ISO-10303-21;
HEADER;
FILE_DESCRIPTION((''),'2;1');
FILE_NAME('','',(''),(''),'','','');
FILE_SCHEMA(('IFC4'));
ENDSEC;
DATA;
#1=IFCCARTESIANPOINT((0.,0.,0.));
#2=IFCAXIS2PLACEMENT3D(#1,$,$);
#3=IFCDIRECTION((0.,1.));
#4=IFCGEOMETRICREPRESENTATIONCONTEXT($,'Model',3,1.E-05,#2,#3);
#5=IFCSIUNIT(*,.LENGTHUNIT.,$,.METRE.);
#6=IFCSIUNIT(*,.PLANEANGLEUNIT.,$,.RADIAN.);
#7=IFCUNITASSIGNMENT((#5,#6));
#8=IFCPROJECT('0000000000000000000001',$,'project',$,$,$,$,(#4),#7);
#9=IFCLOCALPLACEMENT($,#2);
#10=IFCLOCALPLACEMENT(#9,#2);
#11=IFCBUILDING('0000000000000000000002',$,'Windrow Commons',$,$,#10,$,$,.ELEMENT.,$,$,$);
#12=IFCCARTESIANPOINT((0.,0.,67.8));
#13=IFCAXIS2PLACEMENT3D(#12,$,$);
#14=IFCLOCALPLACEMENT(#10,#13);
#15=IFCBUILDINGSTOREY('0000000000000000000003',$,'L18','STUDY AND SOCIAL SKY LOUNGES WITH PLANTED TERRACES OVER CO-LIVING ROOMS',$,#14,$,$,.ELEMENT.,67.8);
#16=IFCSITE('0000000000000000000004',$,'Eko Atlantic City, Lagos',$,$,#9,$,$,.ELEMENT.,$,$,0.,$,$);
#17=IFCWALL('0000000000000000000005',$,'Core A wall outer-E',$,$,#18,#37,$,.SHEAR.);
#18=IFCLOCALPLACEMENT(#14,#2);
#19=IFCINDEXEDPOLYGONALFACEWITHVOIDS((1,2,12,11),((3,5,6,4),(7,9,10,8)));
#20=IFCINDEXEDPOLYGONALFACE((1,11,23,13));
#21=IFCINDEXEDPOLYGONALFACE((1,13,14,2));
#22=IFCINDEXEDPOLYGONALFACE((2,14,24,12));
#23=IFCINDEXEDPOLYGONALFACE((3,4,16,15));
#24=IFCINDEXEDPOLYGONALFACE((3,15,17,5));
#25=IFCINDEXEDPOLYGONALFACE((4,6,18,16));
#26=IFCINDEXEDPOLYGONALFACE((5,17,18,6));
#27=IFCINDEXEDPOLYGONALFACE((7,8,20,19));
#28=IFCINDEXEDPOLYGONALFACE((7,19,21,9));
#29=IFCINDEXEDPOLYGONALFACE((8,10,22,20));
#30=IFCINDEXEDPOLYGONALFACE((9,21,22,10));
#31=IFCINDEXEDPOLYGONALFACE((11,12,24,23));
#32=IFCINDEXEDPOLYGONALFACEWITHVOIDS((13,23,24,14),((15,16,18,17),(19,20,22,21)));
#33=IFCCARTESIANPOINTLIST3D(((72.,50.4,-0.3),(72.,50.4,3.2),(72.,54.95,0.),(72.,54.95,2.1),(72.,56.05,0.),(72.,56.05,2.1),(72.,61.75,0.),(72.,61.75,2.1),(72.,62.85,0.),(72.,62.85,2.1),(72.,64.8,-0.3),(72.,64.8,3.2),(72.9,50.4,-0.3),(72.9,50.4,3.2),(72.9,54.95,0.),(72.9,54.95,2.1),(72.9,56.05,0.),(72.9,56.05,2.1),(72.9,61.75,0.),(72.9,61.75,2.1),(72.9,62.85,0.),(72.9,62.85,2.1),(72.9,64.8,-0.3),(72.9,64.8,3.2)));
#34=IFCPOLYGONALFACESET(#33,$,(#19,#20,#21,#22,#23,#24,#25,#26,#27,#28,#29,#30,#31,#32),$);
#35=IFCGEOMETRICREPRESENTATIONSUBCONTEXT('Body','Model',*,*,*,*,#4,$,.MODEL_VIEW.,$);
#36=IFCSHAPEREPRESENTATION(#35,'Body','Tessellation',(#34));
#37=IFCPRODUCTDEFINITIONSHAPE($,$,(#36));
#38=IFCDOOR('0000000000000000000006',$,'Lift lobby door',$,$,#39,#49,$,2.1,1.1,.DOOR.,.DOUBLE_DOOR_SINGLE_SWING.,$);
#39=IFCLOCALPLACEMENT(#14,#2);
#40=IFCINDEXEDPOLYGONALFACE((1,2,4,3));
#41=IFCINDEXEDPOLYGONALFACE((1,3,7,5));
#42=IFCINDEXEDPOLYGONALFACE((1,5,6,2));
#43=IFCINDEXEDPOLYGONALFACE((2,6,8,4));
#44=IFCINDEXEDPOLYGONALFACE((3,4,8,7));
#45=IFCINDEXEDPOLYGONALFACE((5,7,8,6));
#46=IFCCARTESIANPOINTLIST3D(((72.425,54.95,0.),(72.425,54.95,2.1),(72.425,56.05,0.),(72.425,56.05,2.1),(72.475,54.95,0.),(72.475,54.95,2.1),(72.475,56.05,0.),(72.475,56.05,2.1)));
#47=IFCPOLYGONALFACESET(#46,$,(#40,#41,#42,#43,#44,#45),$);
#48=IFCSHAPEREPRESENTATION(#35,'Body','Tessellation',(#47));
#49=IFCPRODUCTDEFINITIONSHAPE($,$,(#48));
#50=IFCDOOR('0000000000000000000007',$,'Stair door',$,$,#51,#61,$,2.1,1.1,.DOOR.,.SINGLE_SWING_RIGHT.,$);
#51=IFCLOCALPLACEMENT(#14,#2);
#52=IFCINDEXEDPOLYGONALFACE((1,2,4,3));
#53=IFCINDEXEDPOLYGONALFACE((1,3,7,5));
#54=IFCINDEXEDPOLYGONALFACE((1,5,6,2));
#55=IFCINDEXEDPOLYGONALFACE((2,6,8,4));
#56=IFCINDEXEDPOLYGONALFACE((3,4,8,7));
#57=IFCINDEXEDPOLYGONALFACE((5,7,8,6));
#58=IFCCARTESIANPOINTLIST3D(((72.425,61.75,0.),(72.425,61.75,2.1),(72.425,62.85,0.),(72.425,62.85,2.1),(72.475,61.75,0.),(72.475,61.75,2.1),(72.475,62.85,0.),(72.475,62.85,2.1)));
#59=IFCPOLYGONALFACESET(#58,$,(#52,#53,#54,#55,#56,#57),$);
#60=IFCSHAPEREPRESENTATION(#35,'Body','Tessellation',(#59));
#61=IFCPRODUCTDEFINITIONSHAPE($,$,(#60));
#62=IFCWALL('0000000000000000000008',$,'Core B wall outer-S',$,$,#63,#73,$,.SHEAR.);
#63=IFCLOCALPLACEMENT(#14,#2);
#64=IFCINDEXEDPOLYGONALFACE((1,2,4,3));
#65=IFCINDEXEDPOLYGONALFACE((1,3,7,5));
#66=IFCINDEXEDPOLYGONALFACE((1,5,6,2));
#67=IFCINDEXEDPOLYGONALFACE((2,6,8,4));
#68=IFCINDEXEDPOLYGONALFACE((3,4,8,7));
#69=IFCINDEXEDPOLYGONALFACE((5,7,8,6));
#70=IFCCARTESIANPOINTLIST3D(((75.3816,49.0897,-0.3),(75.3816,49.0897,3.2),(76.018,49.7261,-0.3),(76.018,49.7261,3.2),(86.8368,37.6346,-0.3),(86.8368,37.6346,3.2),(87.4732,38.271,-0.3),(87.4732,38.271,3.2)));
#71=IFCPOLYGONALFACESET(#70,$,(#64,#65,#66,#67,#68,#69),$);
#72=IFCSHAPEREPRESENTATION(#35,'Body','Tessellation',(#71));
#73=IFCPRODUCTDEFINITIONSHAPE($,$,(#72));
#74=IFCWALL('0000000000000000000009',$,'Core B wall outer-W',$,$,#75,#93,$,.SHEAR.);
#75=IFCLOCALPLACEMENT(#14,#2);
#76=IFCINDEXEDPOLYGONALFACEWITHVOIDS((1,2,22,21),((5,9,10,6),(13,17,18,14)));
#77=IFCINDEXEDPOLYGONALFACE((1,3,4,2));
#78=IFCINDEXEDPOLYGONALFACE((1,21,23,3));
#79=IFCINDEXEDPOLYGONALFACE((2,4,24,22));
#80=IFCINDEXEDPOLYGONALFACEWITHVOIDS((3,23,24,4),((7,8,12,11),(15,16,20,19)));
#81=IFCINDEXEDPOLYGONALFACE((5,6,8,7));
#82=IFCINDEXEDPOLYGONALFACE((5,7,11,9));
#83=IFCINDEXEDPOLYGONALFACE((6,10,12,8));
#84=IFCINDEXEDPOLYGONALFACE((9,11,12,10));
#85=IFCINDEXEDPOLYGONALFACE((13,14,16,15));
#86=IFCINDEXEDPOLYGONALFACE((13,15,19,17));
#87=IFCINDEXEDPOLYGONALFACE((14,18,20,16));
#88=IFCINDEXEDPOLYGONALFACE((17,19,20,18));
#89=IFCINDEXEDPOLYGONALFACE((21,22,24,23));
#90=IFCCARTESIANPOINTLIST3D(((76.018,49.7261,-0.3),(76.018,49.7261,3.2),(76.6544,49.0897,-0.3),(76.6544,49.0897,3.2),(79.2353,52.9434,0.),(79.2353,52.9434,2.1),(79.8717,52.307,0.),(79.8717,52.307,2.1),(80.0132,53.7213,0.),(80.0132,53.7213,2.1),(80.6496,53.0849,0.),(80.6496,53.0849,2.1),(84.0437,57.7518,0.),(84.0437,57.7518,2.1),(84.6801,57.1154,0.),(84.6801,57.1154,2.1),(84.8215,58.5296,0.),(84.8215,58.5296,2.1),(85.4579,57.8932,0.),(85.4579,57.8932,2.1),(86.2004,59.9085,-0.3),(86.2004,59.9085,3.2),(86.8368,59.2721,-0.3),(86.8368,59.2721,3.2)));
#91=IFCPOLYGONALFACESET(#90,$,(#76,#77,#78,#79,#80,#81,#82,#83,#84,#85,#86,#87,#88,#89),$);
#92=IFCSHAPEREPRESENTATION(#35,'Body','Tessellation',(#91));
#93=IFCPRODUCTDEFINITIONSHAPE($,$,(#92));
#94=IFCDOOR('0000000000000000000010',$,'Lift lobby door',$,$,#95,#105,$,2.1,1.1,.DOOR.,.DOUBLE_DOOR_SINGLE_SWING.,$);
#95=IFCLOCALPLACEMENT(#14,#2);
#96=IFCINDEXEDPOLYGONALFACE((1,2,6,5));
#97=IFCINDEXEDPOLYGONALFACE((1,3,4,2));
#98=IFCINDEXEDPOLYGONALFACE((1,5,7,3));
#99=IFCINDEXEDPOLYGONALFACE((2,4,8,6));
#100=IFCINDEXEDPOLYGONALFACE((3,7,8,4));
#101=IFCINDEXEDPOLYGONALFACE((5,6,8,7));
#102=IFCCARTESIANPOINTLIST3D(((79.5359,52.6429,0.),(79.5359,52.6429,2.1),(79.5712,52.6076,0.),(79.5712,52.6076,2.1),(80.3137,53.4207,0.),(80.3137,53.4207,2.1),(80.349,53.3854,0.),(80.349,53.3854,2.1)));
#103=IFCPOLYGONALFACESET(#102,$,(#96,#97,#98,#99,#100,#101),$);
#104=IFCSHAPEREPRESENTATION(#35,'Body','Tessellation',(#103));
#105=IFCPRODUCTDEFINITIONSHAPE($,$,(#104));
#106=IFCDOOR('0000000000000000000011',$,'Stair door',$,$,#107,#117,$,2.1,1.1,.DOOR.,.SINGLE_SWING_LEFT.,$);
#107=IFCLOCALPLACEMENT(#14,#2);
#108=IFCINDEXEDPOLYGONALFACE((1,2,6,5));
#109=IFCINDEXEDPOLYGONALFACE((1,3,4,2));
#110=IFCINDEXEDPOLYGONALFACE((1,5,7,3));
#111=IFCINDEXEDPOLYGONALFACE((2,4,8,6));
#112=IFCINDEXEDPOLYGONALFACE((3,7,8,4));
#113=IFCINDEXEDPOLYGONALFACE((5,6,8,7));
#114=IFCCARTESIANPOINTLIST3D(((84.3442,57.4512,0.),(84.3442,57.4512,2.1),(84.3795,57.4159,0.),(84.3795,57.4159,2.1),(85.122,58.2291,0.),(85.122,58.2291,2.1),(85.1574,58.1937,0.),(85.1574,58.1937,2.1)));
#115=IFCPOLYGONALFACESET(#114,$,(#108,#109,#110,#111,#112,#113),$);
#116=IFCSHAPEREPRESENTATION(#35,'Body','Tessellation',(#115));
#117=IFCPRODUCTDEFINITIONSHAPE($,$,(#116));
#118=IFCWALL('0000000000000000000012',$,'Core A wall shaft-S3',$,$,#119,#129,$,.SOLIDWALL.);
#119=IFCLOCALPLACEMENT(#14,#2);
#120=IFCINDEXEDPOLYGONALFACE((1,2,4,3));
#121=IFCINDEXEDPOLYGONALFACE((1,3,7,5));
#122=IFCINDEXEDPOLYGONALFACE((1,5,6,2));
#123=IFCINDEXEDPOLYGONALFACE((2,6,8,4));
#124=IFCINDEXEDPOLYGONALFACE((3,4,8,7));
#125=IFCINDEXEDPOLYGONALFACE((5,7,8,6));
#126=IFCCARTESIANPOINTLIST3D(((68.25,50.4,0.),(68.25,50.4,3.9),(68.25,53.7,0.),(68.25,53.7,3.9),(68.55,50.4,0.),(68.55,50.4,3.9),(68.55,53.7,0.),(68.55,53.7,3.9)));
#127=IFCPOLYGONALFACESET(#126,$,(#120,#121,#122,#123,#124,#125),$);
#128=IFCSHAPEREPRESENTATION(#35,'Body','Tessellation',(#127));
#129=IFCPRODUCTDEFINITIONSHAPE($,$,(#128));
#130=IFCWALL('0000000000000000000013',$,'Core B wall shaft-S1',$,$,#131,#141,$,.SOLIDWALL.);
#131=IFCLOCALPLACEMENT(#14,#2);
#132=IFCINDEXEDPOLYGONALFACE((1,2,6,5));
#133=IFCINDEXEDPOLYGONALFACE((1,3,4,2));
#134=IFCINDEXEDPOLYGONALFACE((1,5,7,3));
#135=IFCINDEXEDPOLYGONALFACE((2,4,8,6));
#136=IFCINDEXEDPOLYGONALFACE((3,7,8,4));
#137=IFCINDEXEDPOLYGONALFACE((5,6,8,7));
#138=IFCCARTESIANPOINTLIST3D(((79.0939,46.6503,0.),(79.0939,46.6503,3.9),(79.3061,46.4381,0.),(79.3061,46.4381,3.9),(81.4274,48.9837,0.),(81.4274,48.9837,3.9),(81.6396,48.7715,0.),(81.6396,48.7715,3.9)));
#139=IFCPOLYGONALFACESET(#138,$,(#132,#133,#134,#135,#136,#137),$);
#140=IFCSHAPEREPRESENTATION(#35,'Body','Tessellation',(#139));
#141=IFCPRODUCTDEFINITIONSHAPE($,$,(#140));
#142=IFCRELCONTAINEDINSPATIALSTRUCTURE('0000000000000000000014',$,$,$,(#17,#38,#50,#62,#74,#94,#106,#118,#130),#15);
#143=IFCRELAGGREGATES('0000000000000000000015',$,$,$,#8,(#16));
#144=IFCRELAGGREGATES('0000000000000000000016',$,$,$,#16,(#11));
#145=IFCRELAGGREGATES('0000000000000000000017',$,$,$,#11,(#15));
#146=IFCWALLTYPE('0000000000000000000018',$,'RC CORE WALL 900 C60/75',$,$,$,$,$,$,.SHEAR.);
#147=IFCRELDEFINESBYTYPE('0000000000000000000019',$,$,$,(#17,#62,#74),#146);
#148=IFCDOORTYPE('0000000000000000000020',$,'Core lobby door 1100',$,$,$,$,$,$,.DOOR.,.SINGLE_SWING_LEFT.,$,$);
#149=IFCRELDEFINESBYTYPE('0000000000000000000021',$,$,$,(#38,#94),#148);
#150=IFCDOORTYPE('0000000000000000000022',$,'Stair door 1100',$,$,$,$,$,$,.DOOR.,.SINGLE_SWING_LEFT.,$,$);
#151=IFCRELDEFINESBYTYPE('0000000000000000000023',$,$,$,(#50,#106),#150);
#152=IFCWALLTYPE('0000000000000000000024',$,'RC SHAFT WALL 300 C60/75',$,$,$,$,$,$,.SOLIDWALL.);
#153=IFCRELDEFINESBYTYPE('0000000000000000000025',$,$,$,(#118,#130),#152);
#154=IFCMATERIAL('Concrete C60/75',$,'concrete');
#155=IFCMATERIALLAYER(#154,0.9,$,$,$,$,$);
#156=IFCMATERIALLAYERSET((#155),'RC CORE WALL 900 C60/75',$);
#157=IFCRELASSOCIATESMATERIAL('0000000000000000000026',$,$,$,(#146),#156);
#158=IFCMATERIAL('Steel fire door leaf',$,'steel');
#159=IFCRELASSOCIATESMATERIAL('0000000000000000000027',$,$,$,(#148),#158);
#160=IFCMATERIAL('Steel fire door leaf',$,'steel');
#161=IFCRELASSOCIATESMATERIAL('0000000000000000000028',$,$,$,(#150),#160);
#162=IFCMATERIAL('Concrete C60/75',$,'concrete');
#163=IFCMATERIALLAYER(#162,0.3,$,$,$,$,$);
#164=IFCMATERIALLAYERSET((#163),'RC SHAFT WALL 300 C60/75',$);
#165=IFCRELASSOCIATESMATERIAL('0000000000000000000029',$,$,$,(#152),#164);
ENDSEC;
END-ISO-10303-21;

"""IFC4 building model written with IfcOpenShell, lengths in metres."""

from ifc_helpers import new_model, si_unit, direction, frame, frame_2d, origin, place, context, subcontext, project, spatial, rectangle, extrude, material, layer, layer_set, type_object, element, fill, save


model = new_model("IFC4")

# Units and contexts
model_context = context("Model", 3, precision=1e-05, world=origin(), true_north=direction((0.0, 1.0)))
body_context = subcontext(model_context, "Body", "Model", "MODEL_VIEW")
ifc_project = project(units=[si_unit("LENGTHUNIT", "METRE"), si_unit("PLANEANGLEUNIT", "RADIAN")], contexts=[model_context])

# Site, building, storey
site_placement = place(None, origin())
site = spatial("IfcSite", under=ifc_project, at=site_placement, Name="Eko Atlantic City, Lagos", CompositionType="ELEMENT", RefElevation=0.0)
building_placement = place(site_placement, origin())
building = spatial("IfcBuilding", under=site, at=building_placement, Name="Windrow Commons", CompositionType="ELEMENT")
storey_placement = place(building_placement, frame((0.0, 0.0, 67.8)))
storey = spatial("IfcBuildingStorey", under=building, at=storey_placement, Name="L18", Description="STUDY AND SOCIAL SKY LOUNGES WITH PLANTED TERRACES OVER CO-LIVING ROOMS", CompositionType="ELEMENT", Elevation=67.8)

# Wall, openings, doors
ifc_material_1 = material(Name="Concrete C60/75", Category="concrete")
ifc_layer_1 = layer(ifc_material_1, 0.9)
ifc_layer_set_1 = layer_set([ifc_layer_1], Name="RC CORE WALL 900 C60/75")
wall_type_1 = type_object("IfcWallType", Name="RC CORE WALL 900 C60/75", PredefinedType="SHEAR", material=ifc_layer_set_1)
wall_1_placement = place(storey_placement, frame((72.45, 50.4, -0.3), z_axis=(0.0, 0.0, 1.0), x_axis=(0.0, 1.0, 0.0)))
wall_1 = element("IfcWall", 1, at=wall_1_placement, inside=storey, type_object=wall_type_1, Name="Core A wall outer-E", PredefinedType="SHEAR", context=body_context, shape_type="SweptSolid", body=[
    extrude(rectangle(XDim=14.4, YDim=0.9, at=frame_2d((7.2, 0.0))), origin(), (0.0, 0.0, 1.0), 3.5),
])
opening_1_placement = place(wall_1_placement, frame((4.55, 0.0, 0.3)))
opening_1 = element("IfcOpeningElement", 2, at=opening_1_placement, cuts=wall_1, PredefinedType="OPENING", context=body_context, shape_type="SweptSolid", body=[
    extrude(rectangle(XDim=1.1, YDim=2.1, at=frame_2d((0.55, 1.05))), frame((0.0, 0.46, 0.0), z_axis=(0.0, -1.0, 0.0), x_axis=(1.0, 0.0, 0.0)), (0.0, 0.0, 1.0), 0.92),
])
opening_2_placement = place(wall_1_placement, frame((11.35, 0.0, 0.3)))
opening_2 = element("IfcOpeningElement", 3, at=opening_2_placement, cuts=wall_1, PredefinedType="OPENING", context=body_context, shape_type="SweptSolid", body=[
    extrude(rectangle(XDim=1.1, YDim=2.1, at=frame_2d((0.55, 1.05))), frame((0.0, 0.46, 0.0), z_axis=(0.0, -1.0, 0.0), x_axis=(1.0, 0.0, 0.0)), (0.0, 0.0, 1.0), 0.92),
])
ifc_material_2 = material(Name="Steel fire door leaf", Category="steel")
door_type_1 = type_object("IfcDoorType", Name="Core lobby door 1100", OperationType="SINGLE_SWING_LEFT", PredefinedType="DOOR", material=ifc_material_2)
door_1_placement = place(opening_1_placement, origin())
door_1 = element("IfcDoor", 4, at=door_1_placement, inside=storey, type_object=door_type_1, Name="Lift lobby door", OperationType="DOUBLE_DOOR_SINGLE_SWING", OverallHeight=2.1, OverallWidth=1.1, PredefinedType="DOOR", context=body_context, shape_type="SweptSolid", body=[
    extrude(rectangle(XDim=1.1, YDim=2.1, at=frame_2d((0.55, 1.05))), frame((0.0, 0.025, 0.0), z_axis=(0.0, -1.0, 0.0), x_axis=(1.0, 0.0, 0.0)), (0.0, 0.0, 1.0), 0.05),
])
fill(opening_1, door_1)
ifc_material_3 = material(Name="Steel fire door leaf", Category="steel")
door_type_2 = type_object("IfcDoorType", Name="Stair door 1100", OperationType="SINGLE_SWING_LEFT", PredefinedType="DOOR", material=ifc_material_3)
door_2_placement = place(opening_2_placement, origin())
door_2 = element("IfcDoor", 5, at=door_2_placement, inside=storey, type_object=door_type_2, Name="Stair door", OperationType="SINGLE_SWING_RIGHT", OverallHeight=2.1, OverallWidth=1.1, PredefinedType="DOOR", context=body_context, shape_type="SweptSolid", body=[
    extrude(rectangle(XDim=1.1, YDim=2.1, at=frame_2d((0.55, 1.05))), frame((0.0, 0.025, 0.0), z_axis=(0.0, -1.0, 0.0), x_axis=(1.0, 0.0, 0.0)), (0.0, 0.0, 1.0), 0.05),
])
fill(opening_2, door_2)

# Wall
wall_2_placement = place(storey_placement, frame((75.6998, 49.4079, -0.3), z_axis=(0.0, 0.0, 1.0), x_axis=(0.70711, -0.707104, 0.0)))
element("IfcWall", 6, at=wall_2_placement, inside=storey, type_object=wall_type_1, Name="Core B wall outer-S", PredefinedType="SHEAR", context=body_context, shape_type="SweptSolid", body=[
    extrude(rectangle(XDim=16.2, YDim=0.9, at=frame_2d((8.1, 0.0))), origin(), (0.0, 0.0, 1.0), 3.5),
])

# Wall, openings, doors
wall_3_placement = place(storey_placement, frame((76.3362, 49.4079, -0.3), z_axis=(0.0, 0.0, 1.0), x_axis=(0.707107, 0.707107, 0.0)))
wall_3 = element("IfcWall", 7, at=wall_3_placement, inside=storey, type_object=wall_type_1, Name="Core B wall outer-W", PredefinedType="SHEAR", context=body_context, shape_type="SweptSolid", body=[
    extrude(rectangle(XDim=14.4001, YDim=0.9, at=frame_2d((7.2001, 0.0))), origin(), (0.0, 0.0, 1.0), 3.5),
])
opening_3_placement = place(wall_3_placement, frame((4.55, 0.0, 0.3)))
opening_3 = element("IfcOpeningElement", 8, at=opening_3_placement, cuts=wall_3, PredefinedType="OPENING", context=body_context, shape_type="SweptSolid", body=[
    extrude(rectangle(XDim=1.1, YDim=2.1, at=frame_2d((0.55, 1.05))), frame((0.0, 0.46, 0.0), z_axis=(0.0, -1.0, 0.0), x_axis=(1.0, 0.0, 0.0)), (0.0, 0.0, 1.0), 0.92),
])
opening_4_placement = place(wall_3_placement, frame((11.35, 0.0, 0.3)))
opening_4 = element("IfcOpeningElement", 9, at=opening_4_placement, cuts=wall_3, PredefinedType="OPENING", context=body_context, shape_type="SweptSolid", body=[
    extrude(rectangle(XDim=1.1, YDim=2.1, at=frame_2d((0.55, 1.05))), frame((0.0, 0.46, 0.0), z_axis=(0.0, -1.0, 0.0), x_axis=(1.0, 0.0, 0.0)), (0.0, 0.0, 1.0), 0.92),
])
door_3_placement = place(opening_3_placement, origin())
door_3 = element("IfcDoor", 10, at=door_3_placement, inside=storey, type_object=door_type_1, Name="Lift lobby door", OperationType="DOUBLE_DOOR_SINGLE_SWING", OverallHeight=2.1, OverallWidth=1.1, PredefinedType="DOOR", context=body_context, shape_type="SweptSolid", body=[
    extrude(rectangle(XDim=1.1, YDim=2.1, at=frame_2d((0.55, 1.05))), frame((0.0, 0.025, 0.0), z_axis=(0.0, -1.0, 0.0), x_axis=(1.0, 0.0, 0.0)), (0.0, 0.0, 1.0), 0.05),
])
fill(opening_3, door_3)
door_4_placement = place(opening_4_placement, origin())
door_4 = element("IfcDoor", 11, at=door_4_placement, inside=storey, type_object=door_type_2, Name="Stair door", OperationType="SINGLE_SWING_LEFT", OverallHeight=2.1, OverallWidth=1.1, PredefinedType="DOOR", context=body_context, shape_type="SweptSolid", body=[
    extrude(rectangle(XDim=1.1, YDim=2.1, at=frame_2d((0.55, 1.05))), frame((0.0, 0.025, 0.0), z_axis=(0.0, -1.0, 0.0), x_axis=(1.0, 0.0, 0.0)), (0.0, 0.0, 1.0), 0.05),
])
fill(opening_4, door_4)

# Walls
ifc_material_4 = material(Name="Concrete C60/75", Category="concrete")
ifc_layer_2 = layer(ifc_material_4, 0.3)
ifc_layer_set_2 = layer_set([ifc_layer_2], Name="RC SHAFT WALL 300 C60/75")
wall_type_2 = type_object("IfcWallType", Name="RC SHAFT WALL 300 C60/75", PredefinedType="SOLIDWALL", material=ifc_layer_set_2)
for number, where, z_axis, x_axis, name in (
    (12, (68.4, 50.4, 0.0), (0.0, 0.0, 1.0), (0.0, 1.0, 0.0), "Core A wall shaft-S3"),
    (13, (79.2, 46.5442, 0.0), (0.0, 0.0, 1.0), (0.707122, 0.707092, 0.0), "Core B wall shaft-S1"),
):
    element("IfcWall", number, at=place(storey_placement, frame(where, z_axis=z_axis, x_axis=x_axis)), inside=storey, type_object=wall_type_2, Name=name, PredefinedType="SOLIDWALL", context=body_context, shape_type="SweptSolid", body=[
        extrude(rectangle(XDim=3.3, YDim=0.3, at=frame_2d((1.65, 0.0))), origin(), (0.0, 0.0, 1.0), 3.9),
    ])

save(model, "model.ifc")
